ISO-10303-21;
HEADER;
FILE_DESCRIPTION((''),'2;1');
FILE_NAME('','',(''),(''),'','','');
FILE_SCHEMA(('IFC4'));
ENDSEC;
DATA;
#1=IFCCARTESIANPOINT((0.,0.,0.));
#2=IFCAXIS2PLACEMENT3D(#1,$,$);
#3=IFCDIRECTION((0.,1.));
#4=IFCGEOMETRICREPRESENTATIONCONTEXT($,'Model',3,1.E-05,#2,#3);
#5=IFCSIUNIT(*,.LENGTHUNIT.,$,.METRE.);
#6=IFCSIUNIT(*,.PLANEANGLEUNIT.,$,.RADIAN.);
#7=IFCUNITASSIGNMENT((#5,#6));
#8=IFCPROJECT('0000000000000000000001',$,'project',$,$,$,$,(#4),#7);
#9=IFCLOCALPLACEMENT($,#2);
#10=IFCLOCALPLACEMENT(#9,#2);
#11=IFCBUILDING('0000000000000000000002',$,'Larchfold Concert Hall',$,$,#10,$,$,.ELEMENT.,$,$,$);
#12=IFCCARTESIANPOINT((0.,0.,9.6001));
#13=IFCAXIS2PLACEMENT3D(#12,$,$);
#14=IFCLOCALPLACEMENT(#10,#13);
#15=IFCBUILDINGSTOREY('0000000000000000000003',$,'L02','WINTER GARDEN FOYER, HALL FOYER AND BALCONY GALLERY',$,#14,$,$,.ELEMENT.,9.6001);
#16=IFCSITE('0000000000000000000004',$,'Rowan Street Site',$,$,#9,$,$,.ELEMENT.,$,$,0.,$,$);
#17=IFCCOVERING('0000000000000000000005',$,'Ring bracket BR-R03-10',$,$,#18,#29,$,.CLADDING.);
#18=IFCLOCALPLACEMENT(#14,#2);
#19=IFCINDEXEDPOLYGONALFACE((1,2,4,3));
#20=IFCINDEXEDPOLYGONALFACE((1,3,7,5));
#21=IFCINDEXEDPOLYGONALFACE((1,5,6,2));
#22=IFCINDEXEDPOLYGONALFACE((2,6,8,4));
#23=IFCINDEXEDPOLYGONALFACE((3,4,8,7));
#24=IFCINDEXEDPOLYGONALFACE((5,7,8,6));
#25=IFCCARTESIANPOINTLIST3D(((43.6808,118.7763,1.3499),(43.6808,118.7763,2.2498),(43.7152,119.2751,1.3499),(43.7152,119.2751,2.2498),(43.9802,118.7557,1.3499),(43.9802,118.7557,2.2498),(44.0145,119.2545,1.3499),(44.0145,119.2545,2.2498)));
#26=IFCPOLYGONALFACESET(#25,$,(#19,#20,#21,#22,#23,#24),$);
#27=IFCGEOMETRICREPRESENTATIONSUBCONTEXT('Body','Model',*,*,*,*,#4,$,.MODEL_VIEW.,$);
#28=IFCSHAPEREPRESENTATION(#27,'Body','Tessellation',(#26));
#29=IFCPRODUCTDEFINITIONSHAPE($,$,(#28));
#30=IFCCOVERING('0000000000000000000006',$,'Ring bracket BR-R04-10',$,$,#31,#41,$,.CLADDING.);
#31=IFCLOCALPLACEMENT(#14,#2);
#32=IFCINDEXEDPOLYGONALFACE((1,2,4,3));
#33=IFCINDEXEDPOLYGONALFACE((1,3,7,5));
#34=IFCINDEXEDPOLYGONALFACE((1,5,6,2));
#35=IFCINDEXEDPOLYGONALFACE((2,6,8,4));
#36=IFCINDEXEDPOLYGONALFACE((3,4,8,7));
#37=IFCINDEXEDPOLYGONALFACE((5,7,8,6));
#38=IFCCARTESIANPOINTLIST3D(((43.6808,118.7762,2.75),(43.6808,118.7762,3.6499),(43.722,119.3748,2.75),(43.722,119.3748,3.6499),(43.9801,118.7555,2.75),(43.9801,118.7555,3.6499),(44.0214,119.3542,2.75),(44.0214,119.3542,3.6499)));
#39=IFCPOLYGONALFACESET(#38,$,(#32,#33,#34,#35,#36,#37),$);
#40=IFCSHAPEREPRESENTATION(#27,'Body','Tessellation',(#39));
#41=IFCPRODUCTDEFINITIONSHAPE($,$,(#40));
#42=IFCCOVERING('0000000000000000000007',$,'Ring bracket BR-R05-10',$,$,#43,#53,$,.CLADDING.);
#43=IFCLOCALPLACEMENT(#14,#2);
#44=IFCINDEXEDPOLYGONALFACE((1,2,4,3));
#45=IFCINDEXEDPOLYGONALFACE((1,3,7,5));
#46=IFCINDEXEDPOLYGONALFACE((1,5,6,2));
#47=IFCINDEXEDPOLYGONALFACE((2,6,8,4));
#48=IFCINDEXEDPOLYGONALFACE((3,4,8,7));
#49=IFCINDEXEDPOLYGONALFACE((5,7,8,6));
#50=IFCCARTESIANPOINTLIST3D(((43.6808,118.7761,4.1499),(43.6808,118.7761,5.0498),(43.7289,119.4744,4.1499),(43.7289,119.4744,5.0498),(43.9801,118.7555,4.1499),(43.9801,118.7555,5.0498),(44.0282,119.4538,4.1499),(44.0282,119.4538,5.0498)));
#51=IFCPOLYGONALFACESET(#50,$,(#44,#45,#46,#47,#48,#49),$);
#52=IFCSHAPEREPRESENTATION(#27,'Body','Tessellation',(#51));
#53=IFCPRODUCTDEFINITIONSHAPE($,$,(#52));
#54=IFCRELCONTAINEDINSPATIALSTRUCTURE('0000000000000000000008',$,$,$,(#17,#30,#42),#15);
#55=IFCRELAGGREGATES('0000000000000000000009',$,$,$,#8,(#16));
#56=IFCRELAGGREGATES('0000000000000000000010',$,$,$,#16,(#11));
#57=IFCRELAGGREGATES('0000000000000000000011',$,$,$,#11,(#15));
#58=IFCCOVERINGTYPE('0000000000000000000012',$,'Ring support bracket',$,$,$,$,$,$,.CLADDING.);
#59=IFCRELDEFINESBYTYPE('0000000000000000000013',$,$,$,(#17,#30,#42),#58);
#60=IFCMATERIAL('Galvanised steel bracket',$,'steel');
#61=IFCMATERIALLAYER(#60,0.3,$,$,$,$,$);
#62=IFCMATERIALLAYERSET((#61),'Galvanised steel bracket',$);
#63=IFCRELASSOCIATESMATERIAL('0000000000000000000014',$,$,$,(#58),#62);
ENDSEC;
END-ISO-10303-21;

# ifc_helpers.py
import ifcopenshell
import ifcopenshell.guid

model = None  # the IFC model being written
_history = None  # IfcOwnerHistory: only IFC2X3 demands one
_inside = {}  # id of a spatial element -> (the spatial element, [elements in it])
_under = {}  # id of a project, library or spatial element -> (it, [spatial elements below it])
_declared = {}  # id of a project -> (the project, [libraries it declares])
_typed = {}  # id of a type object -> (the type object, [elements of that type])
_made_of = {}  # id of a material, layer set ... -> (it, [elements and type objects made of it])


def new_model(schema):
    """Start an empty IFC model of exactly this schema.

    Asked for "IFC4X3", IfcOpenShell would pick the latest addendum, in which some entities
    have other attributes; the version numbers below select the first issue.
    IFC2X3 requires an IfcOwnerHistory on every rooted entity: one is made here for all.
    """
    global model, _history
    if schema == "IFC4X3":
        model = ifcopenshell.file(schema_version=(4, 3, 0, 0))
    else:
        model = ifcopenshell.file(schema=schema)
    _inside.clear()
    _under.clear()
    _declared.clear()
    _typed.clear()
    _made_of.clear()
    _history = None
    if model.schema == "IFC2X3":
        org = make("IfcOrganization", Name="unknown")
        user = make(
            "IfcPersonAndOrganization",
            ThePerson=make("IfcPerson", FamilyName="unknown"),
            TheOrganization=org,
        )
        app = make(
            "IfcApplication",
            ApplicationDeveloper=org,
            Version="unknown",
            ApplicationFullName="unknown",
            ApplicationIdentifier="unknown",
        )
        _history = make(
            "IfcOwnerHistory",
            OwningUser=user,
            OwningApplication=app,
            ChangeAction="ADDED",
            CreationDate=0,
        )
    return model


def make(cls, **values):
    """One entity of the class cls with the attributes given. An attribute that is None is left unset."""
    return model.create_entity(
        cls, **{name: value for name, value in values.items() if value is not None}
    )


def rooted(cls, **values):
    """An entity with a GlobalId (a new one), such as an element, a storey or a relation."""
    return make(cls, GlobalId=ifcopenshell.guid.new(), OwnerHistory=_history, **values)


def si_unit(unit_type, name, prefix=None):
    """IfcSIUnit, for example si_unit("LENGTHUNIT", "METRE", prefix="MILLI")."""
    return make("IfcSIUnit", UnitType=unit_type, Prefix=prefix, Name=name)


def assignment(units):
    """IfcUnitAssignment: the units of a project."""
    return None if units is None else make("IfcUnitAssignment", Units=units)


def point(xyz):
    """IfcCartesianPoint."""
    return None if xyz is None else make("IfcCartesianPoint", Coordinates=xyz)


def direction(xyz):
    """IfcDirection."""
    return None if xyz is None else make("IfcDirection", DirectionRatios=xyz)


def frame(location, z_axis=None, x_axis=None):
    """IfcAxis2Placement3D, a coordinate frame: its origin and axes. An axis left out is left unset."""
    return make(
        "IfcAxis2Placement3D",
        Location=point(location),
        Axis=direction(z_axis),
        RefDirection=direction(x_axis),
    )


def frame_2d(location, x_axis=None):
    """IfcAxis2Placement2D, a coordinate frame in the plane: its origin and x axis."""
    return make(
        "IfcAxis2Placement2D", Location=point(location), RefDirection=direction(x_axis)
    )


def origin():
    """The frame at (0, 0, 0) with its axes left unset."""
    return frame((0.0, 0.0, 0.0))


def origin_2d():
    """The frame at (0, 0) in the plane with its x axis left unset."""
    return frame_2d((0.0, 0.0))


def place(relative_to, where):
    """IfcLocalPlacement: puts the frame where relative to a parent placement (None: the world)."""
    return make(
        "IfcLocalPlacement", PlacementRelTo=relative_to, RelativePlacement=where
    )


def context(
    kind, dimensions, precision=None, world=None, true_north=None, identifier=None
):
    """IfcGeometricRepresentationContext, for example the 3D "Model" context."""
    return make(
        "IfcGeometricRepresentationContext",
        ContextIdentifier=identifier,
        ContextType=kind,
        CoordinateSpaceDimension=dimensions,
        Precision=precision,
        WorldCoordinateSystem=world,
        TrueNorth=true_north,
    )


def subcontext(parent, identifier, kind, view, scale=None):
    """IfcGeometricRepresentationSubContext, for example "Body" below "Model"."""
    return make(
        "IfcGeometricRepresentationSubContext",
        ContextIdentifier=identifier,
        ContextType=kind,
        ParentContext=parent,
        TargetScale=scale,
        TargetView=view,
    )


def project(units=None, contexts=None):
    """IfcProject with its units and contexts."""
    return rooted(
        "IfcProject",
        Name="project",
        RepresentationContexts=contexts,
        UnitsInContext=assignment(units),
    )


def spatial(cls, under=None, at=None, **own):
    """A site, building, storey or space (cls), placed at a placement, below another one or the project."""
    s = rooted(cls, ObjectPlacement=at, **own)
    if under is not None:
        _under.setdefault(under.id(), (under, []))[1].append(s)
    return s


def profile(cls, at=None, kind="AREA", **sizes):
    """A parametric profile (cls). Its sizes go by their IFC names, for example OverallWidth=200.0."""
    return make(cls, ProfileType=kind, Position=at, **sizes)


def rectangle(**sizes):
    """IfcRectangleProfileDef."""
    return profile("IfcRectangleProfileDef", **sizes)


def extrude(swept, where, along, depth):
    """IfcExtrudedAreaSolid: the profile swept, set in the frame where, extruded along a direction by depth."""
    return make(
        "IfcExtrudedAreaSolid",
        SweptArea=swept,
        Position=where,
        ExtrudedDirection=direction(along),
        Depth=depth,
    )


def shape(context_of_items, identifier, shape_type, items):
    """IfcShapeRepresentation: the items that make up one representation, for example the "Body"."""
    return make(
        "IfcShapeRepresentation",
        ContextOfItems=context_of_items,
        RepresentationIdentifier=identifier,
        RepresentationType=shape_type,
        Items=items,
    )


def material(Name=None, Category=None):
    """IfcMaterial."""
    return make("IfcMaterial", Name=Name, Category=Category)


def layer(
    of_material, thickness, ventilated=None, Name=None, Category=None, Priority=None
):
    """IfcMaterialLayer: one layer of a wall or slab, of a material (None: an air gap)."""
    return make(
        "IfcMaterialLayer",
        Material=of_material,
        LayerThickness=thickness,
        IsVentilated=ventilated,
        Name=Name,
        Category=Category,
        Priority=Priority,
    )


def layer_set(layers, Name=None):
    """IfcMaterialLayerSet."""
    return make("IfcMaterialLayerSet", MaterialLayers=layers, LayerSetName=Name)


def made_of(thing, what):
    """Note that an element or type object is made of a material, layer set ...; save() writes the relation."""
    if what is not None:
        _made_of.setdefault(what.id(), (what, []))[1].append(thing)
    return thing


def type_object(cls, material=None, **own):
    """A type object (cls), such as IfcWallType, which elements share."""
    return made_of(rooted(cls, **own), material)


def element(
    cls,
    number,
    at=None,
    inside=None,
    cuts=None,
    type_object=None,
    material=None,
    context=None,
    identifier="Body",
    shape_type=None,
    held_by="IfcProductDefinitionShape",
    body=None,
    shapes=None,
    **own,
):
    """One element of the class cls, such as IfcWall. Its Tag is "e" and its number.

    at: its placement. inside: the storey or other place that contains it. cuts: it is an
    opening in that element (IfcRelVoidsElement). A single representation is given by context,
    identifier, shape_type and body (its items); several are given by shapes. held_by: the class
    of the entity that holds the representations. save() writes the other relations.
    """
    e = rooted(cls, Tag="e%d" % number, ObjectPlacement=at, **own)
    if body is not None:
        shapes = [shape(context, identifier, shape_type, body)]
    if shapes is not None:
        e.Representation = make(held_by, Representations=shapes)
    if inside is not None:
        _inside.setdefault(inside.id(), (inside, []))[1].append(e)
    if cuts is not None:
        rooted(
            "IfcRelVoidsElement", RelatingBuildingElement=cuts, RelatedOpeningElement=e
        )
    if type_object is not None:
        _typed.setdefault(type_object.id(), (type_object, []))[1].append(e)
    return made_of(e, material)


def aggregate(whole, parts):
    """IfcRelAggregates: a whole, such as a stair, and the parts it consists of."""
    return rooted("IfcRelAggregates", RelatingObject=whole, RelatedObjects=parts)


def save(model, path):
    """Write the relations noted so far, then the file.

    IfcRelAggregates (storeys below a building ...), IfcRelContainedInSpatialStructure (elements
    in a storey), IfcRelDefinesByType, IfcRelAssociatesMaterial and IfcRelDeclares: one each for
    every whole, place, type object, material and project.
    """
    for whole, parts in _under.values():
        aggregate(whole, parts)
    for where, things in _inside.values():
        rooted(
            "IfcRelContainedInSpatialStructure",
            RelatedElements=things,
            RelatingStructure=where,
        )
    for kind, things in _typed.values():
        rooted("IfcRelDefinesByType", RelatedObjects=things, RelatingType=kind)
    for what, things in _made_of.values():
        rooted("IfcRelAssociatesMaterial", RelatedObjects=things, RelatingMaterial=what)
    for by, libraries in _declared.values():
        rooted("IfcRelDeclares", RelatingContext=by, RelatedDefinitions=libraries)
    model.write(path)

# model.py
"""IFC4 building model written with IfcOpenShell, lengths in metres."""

from ifc_helpers import new_model, si_unit, direction, frame, origin, origin_2d, place, context, subcontext, project, spatial, rectangle, extrude, material, layer, layer_set, type_object, element, save


model = new_model("IFC4")

# Units and contexts
model_context = context("Model", 3, precision=1e-05, world=origin(), true_north=direction((0.0, 1.0)))
body_context = subcontext(model_context, "Body", "Model", "MODEL_VIEW")
ifc_project = project(units=[si_unit("LENGTHUNIT", "METRE"), si_unit("PLANEANGLEUNIT", "RADIAN")], contexts=[model_context])

# Site, building, storey
site_placement = place(None, origin())
site = spatial("IfcSite", under=ifc_project, at=site_placement, Name="Rowan Street Site", CompositionType="ELEMENT", RefElevation=0.0)
building_placement = place(site_placement, origin())
building = spatial("IfcBuilding", under=site, at=building_placement, Name="Larchfold Concert Hall", CompositionType="ELEMENT")
storey_placement = place(building_placement, frame((0.0, 0.0, 9.6001)))
storey = spatial("IfcBuildingStorey", under=building, at=storey_placement, Name="L02", Description="WINTER GARDEN FOYER, HALL FOYER AND BALCONY GALLERY", CompositionType="ELEMENT", Elevation=9.6001)

# Coverings
ifc_material_1 = material(Name="Galvanised steel bracket", Category="steel")
ifc_layer_1 = layer(ifc_material_1, 0.3)
ifc_layer_set_1 = layer_set([ifc_layer_1], Name="Galvanised steel bracket")
covering_type = type_object("IfcCoveringType", Name="Ring support bracket", PredefinedType="CLADDING", material=ifc_layer_set_1)
covering_1_placement = place(storey_placement, frame((43.8477, 119.0154, 1.3499), z_axis=(0.0, 0.0, 1.0), x_axis=(0.068693, 0.997638, 0.0)))
element("IfcCovering", 1, at=covering_1_placement, inside=storey, type_object=covering_type, Name="Ring bracket BR-R03-10", PredefinedType="CLADDING", context=body_context, shape_type="SweptSolid", body=[
    extrude(rectangle(XDim=0.5, YDim=0.3, at=origin_2d()), origin(), (0.0, 0.0, 1.0), 0.8999),
])
covering_2_placement = place(storey_placement, frame((43.8511, 119.0652, 2.75), z_axis=(0.0, 0.0, 1.0), x_axis=(0.068693, 0.997638, 0.0)))
element("IfcCovering", 2, at=covering_2_placement, inside=storey, type_object=covering_type, Name="Ring bracket BR-R04-10", PredefinedType="CLADDING", context=body_context, shape_type="SweptSolid", body=[
    extrude(rectangle(XDim=0.6001, YDim=0.3, at=origin_2d()), origin(), (0.0, 0.0, 1.0), 0.8999),
])
covering_3_placement = place(storey_placement, frame((43.8545, 119.115, 4.1499), z_axis=(0.0, 0.0, 1.0), x_axis=(0.068693, 0.997638, 0.0)))
element("IfcCovering", 3, at=covering_3_placement, inside=storey, type_object=covering_type, Name="Ring bracket BR-R05-10", PredefinedType="CLADDING", context=body_context, shape_type="SweptSolid", body=[
    extrude(rectangle(XDim=0.7, YDim=0.3, at=origin_2d()), origin(), (0.0, 0.0, 1.0), 0.8999),
])

save(model, "model.ifc")
